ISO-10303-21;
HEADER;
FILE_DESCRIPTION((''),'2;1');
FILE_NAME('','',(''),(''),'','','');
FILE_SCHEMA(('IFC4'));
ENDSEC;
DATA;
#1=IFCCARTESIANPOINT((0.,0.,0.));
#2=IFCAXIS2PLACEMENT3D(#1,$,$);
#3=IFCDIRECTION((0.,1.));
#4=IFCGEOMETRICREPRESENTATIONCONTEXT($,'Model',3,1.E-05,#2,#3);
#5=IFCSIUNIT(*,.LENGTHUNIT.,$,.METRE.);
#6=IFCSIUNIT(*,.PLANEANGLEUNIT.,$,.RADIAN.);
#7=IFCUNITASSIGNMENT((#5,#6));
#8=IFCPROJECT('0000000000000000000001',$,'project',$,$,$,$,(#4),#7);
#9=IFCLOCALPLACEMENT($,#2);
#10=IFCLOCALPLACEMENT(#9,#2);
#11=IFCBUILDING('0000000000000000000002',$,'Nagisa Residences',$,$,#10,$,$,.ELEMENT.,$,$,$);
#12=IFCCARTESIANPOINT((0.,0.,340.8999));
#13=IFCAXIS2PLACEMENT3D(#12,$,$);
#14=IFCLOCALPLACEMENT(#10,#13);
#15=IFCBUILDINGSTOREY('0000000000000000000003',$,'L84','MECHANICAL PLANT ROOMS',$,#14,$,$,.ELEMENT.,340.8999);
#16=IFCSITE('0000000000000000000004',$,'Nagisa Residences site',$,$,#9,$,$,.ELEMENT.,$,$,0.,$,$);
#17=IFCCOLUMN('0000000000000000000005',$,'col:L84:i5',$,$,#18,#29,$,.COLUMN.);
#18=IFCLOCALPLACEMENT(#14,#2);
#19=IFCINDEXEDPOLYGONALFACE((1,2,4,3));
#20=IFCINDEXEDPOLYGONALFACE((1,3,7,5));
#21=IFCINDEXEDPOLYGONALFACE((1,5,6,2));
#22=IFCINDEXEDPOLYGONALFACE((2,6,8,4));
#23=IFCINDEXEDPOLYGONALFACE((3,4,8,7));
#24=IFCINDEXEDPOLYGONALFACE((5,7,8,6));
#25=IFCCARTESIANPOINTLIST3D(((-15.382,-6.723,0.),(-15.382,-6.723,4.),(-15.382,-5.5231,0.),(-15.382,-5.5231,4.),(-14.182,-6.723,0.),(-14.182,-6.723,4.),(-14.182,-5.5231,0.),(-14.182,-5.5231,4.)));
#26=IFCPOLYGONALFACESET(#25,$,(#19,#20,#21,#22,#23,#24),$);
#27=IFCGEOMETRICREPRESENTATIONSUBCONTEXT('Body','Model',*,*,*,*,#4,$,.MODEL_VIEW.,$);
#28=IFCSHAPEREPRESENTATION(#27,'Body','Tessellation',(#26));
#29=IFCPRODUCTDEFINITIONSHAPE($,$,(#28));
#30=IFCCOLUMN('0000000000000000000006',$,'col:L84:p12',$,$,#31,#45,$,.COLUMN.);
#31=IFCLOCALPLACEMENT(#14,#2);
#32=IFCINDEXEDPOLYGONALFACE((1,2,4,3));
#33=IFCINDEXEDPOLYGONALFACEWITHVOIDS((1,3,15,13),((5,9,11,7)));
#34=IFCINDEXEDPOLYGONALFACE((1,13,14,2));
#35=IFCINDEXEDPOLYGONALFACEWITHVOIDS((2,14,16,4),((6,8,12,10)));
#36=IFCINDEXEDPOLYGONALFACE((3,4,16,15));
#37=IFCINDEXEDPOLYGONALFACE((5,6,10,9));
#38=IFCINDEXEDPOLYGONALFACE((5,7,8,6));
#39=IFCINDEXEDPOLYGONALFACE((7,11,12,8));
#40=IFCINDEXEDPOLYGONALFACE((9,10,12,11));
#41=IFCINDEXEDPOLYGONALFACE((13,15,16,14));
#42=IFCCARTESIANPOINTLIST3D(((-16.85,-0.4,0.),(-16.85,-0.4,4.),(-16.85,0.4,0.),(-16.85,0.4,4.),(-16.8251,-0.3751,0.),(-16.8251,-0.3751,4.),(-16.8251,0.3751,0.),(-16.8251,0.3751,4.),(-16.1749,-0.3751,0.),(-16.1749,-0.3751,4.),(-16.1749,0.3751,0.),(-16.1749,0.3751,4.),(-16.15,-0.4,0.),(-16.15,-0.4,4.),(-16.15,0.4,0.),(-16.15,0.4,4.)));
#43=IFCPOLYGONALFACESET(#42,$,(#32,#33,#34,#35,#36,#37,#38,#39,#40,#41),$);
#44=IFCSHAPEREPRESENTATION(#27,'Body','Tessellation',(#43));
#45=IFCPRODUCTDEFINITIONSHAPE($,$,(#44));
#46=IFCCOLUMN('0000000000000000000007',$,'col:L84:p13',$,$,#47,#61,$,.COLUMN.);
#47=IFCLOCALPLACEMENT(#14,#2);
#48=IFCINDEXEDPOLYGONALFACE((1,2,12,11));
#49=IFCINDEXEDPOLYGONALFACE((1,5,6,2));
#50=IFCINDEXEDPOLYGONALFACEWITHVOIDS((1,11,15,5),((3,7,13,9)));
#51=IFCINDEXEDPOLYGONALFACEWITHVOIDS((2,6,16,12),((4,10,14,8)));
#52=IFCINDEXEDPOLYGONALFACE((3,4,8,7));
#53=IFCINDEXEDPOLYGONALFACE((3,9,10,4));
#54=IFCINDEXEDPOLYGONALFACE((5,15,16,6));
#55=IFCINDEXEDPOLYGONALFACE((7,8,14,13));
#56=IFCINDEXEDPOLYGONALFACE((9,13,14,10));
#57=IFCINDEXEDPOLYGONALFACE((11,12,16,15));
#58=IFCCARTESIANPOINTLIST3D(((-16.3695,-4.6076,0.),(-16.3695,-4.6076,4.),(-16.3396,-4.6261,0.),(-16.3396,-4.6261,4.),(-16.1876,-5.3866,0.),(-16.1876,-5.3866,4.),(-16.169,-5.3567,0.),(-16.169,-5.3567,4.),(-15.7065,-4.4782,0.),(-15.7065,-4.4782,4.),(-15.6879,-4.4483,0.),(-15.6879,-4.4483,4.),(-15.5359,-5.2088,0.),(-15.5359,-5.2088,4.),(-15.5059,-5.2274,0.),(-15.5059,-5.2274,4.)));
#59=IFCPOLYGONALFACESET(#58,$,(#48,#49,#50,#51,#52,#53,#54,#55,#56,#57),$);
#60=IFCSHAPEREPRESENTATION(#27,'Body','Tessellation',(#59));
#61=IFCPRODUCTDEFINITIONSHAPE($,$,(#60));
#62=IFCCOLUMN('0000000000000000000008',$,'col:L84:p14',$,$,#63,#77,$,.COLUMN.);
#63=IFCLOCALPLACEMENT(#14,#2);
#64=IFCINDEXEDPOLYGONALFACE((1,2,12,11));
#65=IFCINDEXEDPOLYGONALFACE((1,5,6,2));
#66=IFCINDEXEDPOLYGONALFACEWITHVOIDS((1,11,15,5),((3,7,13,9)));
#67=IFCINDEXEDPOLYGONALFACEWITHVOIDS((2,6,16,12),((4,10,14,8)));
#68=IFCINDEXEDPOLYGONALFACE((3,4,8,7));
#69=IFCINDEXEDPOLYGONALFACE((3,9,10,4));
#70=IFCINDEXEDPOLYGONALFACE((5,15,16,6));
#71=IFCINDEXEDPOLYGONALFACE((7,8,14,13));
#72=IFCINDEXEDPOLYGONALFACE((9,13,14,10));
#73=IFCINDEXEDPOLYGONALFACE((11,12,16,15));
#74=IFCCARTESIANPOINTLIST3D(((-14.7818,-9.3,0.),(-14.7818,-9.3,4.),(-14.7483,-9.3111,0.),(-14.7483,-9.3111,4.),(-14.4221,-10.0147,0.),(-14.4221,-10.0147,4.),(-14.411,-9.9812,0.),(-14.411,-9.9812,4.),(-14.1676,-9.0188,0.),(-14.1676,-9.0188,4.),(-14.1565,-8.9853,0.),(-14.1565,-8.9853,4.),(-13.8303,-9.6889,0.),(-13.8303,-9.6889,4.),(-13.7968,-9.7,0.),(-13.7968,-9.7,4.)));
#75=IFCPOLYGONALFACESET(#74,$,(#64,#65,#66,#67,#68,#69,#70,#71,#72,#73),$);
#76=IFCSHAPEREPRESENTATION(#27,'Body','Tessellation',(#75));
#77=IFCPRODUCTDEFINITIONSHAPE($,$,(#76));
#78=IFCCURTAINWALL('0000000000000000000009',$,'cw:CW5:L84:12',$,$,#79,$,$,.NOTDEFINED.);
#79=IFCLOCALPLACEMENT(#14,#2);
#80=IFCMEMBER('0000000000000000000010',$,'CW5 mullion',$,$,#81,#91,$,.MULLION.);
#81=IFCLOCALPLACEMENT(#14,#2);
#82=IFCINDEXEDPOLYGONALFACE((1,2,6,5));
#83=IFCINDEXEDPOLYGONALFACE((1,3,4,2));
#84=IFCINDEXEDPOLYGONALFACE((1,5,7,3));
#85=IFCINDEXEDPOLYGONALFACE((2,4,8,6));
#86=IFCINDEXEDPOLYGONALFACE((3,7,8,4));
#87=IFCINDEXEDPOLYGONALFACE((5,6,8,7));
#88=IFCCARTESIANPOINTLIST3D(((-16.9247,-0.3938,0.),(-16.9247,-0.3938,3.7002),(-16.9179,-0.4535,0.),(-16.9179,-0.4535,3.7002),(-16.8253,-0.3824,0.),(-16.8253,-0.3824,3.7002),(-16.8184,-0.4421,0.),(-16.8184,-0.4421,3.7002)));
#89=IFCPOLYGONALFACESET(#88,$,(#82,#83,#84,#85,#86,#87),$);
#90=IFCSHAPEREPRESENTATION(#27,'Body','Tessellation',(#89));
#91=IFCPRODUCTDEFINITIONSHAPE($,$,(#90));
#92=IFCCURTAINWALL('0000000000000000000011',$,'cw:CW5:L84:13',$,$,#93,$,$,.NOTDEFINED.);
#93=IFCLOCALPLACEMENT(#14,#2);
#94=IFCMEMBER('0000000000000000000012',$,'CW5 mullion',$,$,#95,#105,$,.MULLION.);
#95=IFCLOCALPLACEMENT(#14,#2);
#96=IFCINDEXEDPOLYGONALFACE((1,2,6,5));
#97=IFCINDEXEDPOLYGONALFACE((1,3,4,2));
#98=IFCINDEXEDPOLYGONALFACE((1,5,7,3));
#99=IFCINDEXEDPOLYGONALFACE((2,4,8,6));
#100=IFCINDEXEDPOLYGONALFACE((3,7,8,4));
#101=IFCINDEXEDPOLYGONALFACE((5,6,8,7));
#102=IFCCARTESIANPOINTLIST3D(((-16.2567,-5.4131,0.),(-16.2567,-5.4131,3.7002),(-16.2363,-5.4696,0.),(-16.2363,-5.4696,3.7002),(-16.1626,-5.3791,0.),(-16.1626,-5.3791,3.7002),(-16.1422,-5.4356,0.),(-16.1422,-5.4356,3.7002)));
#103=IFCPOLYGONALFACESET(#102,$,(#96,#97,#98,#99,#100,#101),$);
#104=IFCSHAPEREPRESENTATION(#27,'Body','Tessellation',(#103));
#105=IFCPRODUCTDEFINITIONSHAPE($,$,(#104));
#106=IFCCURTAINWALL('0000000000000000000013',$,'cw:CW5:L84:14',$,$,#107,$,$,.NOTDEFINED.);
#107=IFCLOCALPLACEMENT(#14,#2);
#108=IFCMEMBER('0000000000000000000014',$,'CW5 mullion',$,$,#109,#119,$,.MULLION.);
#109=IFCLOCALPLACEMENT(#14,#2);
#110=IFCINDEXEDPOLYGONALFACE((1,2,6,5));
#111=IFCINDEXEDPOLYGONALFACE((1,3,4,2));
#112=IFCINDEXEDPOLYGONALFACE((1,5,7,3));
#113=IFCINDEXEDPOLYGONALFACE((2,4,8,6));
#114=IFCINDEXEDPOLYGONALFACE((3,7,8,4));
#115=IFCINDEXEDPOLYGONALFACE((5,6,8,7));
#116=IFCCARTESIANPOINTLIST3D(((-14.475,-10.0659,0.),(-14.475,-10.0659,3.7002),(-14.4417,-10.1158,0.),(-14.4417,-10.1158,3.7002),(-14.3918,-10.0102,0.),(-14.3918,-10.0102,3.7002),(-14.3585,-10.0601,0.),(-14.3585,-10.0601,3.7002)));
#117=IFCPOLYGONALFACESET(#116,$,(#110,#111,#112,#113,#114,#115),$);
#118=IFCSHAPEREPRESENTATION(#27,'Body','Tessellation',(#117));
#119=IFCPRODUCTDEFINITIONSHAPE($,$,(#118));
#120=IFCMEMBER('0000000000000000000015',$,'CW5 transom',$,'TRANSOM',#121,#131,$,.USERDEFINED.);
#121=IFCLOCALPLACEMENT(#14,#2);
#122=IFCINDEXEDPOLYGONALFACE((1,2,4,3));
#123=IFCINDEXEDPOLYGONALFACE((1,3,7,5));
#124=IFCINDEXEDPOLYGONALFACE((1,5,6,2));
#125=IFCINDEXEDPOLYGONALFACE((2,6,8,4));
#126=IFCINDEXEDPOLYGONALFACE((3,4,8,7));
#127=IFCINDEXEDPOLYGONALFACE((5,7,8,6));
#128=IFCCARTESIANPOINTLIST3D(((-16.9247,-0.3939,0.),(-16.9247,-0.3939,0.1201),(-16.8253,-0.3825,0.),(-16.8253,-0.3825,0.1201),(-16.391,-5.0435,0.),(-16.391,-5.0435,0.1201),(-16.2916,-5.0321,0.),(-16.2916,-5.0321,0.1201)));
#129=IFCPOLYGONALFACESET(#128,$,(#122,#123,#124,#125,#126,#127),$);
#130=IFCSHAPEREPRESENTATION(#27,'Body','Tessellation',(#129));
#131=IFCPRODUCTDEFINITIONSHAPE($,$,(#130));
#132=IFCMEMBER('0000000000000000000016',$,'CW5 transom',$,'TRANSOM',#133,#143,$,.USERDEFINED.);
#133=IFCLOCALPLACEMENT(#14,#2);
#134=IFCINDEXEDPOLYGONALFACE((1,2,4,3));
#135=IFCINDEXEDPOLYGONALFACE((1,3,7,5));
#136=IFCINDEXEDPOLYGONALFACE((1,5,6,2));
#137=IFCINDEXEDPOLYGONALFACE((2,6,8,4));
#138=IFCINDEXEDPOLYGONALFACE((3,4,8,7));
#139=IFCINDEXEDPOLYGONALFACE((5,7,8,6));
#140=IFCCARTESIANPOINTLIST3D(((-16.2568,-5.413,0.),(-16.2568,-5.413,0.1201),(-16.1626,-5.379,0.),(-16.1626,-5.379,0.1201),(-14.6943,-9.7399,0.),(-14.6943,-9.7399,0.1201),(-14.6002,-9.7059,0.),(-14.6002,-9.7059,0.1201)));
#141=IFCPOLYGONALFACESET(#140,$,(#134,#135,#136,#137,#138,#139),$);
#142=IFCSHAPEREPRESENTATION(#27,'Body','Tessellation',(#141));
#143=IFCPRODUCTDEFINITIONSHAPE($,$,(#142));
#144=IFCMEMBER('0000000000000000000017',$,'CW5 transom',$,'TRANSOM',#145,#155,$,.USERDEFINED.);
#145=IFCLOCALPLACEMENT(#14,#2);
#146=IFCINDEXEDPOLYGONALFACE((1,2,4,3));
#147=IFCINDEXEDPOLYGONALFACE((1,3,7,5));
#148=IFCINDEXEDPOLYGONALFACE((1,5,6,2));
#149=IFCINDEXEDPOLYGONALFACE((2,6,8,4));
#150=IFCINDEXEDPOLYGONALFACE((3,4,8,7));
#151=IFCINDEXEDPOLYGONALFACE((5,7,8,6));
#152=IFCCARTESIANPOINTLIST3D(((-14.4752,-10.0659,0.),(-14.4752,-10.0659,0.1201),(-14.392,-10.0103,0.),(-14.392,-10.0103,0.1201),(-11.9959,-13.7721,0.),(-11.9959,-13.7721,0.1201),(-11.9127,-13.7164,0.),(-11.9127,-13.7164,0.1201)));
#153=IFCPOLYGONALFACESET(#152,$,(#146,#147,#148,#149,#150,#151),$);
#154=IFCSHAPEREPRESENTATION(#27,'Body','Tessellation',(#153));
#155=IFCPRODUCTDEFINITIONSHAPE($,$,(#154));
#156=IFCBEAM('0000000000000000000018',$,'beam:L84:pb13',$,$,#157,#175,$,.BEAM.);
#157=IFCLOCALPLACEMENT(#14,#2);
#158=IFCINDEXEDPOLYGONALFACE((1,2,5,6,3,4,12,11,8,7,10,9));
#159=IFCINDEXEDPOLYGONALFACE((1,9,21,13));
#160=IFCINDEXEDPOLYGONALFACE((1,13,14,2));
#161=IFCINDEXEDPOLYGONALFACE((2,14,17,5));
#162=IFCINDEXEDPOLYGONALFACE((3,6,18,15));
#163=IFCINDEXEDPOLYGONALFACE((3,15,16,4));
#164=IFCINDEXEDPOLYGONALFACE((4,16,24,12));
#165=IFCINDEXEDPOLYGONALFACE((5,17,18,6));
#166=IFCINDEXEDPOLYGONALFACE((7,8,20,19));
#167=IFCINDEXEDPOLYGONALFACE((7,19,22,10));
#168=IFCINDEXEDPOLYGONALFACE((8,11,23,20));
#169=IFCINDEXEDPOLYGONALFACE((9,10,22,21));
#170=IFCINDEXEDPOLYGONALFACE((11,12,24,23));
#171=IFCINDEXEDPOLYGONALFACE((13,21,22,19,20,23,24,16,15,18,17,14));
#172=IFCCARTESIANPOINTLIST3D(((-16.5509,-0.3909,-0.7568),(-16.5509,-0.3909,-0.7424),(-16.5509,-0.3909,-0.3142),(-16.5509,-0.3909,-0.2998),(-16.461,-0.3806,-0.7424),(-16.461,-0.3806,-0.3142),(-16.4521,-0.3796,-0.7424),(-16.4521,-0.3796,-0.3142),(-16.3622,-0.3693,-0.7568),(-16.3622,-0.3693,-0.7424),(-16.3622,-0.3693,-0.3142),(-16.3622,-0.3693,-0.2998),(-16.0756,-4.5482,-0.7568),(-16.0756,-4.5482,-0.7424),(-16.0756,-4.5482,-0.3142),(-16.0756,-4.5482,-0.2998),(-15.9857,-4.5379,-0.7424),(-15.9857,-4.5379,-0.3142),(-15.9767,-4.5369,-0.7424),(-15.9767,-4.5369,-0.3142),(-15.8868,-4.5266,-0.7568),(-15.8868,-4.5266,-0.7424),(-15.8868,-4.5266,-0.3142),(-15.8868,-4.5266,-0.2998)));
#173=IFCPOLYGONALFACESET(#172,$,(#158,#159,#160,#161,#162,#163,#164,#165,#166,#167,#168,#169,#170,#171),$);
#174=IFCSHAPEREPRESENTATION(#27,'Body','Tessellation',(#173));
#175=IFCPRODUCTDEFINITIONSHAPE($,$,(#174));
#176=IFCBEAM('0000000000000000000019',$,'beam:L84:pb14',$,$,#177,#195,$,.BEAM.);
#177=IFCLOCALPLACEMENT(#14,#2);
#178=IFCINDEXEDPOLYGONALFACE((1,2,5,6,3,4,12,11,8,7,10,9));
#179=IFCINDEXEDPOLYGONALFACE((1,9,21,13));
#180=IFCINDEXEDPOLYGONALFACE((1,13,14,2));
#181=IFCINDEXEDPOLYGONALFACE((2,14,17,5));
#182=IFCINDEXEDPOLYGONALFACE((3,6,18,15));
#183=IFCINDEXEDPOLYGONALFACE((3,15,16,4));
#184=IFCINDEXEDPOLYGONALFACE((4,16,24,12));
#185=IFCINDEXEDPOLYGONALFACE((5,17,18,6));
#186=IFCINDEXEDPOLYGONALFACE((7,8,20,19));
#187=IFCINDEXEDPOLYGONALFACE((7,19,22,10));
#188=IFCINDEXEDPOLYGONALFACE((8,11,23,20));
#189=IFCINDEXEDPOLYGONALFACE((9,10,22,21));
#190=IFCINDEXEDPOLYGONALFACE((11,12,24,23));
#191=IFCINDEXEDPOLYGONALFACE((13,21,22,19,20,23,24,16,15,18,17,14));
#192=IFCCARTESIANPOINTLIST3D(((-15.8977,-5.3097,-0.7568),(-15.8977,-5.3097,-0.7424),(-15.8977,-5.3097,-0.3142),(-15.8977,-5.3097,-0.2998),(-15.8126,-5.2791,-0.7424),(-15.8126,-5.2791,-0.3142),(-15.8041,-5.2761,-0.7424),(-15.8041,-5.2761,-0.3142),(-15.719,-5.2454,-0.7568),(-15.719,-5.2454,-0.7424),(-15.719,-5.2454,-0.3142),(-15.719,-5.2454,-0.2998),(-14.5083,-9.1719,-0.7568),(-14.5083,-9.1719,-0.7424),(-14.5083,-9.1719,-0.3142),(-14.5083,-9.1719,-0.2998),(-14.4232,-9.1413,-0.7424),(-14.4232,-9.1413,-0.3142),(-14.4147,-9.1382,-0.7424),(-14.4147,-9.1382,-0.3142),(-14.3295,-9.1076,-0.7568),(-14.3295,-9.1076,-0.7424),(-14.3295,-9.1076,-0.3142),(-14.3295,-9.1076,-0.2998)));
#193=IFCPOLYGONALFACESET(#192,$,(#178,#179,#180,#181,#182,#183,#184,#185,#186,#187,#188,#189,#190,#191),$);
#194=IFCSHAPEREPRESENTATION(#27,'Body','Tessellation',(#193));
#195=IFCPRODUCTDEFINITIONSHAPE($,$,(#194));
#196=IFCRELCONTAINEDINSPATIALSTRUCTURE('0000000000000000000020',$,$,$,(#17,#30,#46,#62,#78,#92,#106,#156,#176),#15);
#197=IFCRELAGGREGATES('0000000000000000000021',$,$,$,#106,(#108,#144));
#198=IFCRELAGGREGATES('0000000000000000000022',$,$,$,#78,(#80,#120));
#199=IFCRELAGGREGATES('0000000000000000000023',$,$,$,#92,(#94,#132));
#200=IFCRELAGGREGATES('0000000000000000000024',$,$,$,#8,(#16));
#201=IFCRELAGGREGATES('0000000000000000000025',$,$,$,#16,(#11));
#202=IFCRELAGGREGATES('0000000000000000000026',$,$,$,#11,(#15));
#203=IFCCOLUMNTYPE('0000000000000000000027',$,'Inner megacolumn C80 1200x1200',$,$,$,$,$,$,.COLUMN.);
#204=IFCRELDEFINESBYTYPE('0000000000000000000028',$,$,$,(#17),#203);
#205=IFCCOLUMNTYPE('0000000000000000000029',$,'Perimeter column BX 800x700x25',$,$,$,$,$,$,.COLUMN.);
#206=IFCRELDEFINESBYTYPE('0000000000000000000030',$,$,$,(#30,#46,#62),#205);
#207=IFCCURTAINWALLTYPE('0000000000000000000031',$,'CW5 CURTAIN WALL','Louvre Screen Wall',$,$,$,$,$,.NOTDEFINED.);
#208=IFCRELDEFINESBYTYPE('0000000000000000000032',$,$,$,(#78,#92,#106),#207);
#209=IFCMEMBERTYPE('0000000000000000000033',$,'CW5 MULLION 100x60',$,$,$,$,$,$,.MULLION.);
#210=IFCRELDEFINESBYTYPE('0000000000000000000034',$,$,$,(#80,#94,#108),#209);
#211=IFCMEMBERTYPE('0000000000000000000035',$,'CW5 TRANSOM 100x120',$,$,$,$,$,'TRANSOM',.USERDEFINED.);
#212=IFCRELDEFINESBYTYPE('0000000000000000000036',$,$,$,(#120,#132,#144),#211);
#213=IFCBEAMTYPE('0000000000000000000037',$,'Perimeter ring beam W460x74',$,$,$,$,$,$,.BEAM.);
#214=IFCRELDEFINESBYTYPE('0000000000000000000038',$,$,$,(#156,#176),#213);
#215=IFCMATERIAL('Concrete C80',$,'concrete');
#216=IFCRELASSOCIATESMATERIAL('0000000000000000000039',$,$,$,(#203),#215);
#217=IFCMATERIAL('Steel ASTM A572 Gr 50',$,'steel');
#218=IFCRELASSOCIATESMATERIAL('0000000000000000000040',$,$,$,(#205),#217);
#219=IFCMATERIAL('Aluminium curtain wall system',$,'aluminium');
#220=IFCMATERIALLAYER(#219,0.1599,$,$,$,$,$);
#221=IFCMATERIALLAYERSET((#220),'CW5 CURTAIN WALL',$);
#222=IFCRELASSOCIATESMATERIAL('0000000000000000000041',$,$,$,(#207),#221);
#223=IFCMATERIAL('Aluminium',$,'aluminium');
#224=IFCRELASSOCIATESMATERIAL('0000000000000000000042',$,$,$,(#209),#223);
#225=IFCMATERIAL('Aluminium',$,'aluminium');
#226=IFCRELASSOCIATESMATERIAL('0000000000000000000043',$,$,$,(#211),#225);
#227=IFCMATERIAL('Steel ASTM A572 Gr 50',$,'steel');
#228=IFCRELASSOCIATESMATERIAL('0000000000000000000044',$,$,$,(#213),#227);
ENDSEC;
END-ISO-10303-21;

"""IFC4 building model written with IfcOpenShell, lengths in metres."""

from ifc_helpers import new_model, si_unit, direction, frame, origin, origin_2d, place, context, subcontext, project, spatial, rectangle, hollow_rectangle, i_section, extrude, material, layer, layer_set, material_profile, profile_set, type_object, element, aggregate, save


model = new_model("IFC4")

# Units and contexts
model_context = context("Model", 3, precision=1e-05, world=origin(), true_north=direction((0.0, 1.0)))
body_context = subcontext(model_context, "Body", "Model", "MODEL_VIEW")
ifc_project = project(units=[si_unit("LENGTHUNIT", "METRE"), si_unit("PLANEANGLEUNIT", "RADIAN")], contexts=[model_context])

# Site, building, storey
site_placement = place(None, origin())
site = spatial("IfcSite", under=ifc_project, at=site_placement, Name="Nagisa Residences site", CompositionType="ELEMENT", RefElevation=0.0)
building_placement = place(site_placement, origin())
building = spatial("IfcBuilding", under=site, at=building_placement, Name="Nagisa Residences", CompositionType="ELEMENT")
storey_placement = place(building_placement, frame((0.0, 0.0, 340.8999)))
storey = spatial("IfcBuildingStorey", under=building, at=storey_placement, Name="L84", Description="MECHANICAL PLANT ROOMS", CompositionType="ELEMENT", Elevation=340.8999)

# Columns
ifc_material_1 = material(Name="Concrete C80", Category="concrete")
ifc_material_profile_1 = material_profile(ifc_material_1, rectangle(XDim=1.2, YDim=1.2, at=origin_2d()), Name="C80 1200x1200")
ifc_profile_set_1 = profile_set([ifc_material_profile_1], Name="Concrete C80")
column_type_1 = type_object("IfcColumnType", Name="Inner megacolumn C80 1200x1200", PredefinedType="COLUMN", material=ifc_profile_set_1)
column_placement = place(storey_placement, frame((-14.782, -6.123, 0.0), z_axis=(0.0, 0.0, 1.0), x_axis=(1.0, 0.0, 0.0)))
element("IfcColumn", 1, at=column_placement, inside=storey, type_object=column_type_1, Name="col:L84:i5", PredefinedType="COLUMN", context=body_context, shape_type="SweptSolid", body=[
    extrude(rectangle(XDim=1.2, YDim=1.2, at=origin_2d()), origin(), (0.0, 0.0, 1.0), 4.0),
])
ifc_material_2 = material(Name="Steel ASTM A572 Gr 50", Category="steel")
ifc_material_profile_2 = material_profile(ifc_material_2, hollow_rectangle(XDim=0.8, YDim=0.7, WallThickness=0.0249, at=origin_2d()), Name="BX 800x700x25")
ifc_profile_set_2 = profile_set([ifc_material_profile_2], Name="Steel ASTM A572 Gr 50")
column_type_2 = type_object("IfcColumnType", Name="Perimeter column BX 800x700x25", PredefinedType="COLUMN", material=ifc_profile_set_2)
for number, where, z_axis, x_axis, name in (
    (2, (-16.5, 0.0, 0.0), (0.0, 0.0, 1.0), (0.0, -1.0, 0.0), "col:L84:p12"),
    (3, (-15.9377, -4.9175, 0.0), (0.0, 0.0, 1.0), (0.227473, -0.973784, 0.0), "col:L84:p13"),
    (4, (-14.2893, -9.5, 0.0), (0.0, 0.0, 1.0), (0.449592, -0.893234, 0.0), "col:L84:p14"),
):
    element("IfcColumn", number, at=place(storey_placement, frame(where, z_axis=z_axis, x_axis=x_axis)), inside=storey, type_object=column_type_2, Name=name, PredefinedType="COLUMN", context=body_context, shape_type="SweptSolid", body=[
        extrude(hollow_rectangle(XDim=0.8, YDim=0.7, WallThickness=0.0249, at=origin_2d()), origin(), (0.0, 0.0, 1.0), 4.0),
    ])

# Curtain walls, members
ifc_material_3 = material(Name="Aluminium curtain wall system", Category="aluminium")
ifc_layer_1 = layer(ifc_material_3, 0.1599)
ifc_layer_set_1 = layer_set([ifc_layer_1], Name="CW5 CURTAIN WALL")
curtain_wall_type = type_object("IfcCurtainWallType", Name="CW5 CURTAIN WALL", Description="Louvre Screen Wall", PredefinedType="NOTDEFINED", material=ifc_layer_set_1)
curtain_wall_1_placement = place(storey_placement, origin())
curtain_wall_1 = element("IfcCurtainWall", 5, at=curtain_wall_1_placement, inside=storey, type_object=curtain_wall_type, Name="cw:CW5:L84:12", PredefinedType="NOTDEFINED")
ifc_material_4 = material(Name="Aluminium", Category="aluminium")
ifc_material_profile_3 = material_profile(ifc_material_4, rectangle(XDim=0.1001, YDim=0.0601, at=origin_2d()), Name="CW5 MULLION 100x60")
ifc_profile_set_3 = profile_set([ifc_material_profile_3], Name="Aluminium")
member_type_1 = type_object("IfcMemberType", Name="CW5 MULLION 100x60", PredefinedType="MULLION", material=ifc_profile_set_3)
member_1_placement = place(storey_placement, frame((-16.8716, -0.418, 0.0), z_axis=(0.0, 0.0, 1.0), x_axis=(0.993478, 0.114025, 0.0)))
member_1 = element("IfcMember", 6, at=member_1_placement, type_object=member_type_1, Name="CW5 mullion", PredefinedType="MULLION", context=body_context, shape_type="SweptSolid", body=[
    extrude(rectangle(XDim=0.1001, YDim=0.0601, at=origin_2d()), origin(), (0.0, 0.0, 1.0), 3.7002),
])
curtain_wall_2_placement = place(storey_placement, origin())
curtain_wall_2 = element("IfcCurtainWall", 7, at=curtain_wall_2_placement, inside=storey, type_object=curtain_wall_type, Name="cw:CW5:L84:13", PredefinedType="NOTDEFINED")
member_2_placement = place(storey_placement, frame((-16.1995, -5.4243, 0.0), z_axis=(0.0, 0.0, 1.0), x_axis=(0.940554, 0.339643, 0.0)))
member_2 = element("IfcMember", 8, at=member_2_placement, type_object=member_type_1, Name="CW5 mullion", PredefinedType="MULLION", context=body_context, shape_type="SweptSolid", body=[
    extrude(rectangle(XDim=0.1001, YDim=0.0601, at=origin_2d()), origin(), (0.0, 0.0, 1.0), 3.7002),
])
curtain_wall_3_placement = place(storey_placement, origin())
curtain_wall_3 = element("IfcCurtainWall", 9, at=curtain_wall_3_placement, inside=storey, type_object=curtain_wall_type, Name="cw:CW5:L84:14", PredefinedType="NOTDEFINED")
member_3_placement = place(storey_placement, frame((-14.4167, -10.063, 0.0), z_axis=(0.0, 0.0, 1.0), x_axis=(0.831173, 0.556014, 0.0)))
member_3 = element("IfcMember", 10, at=member_3_placement, type_object=member_type_1, Name="CW5 mullion", PredefinedType="MULLION", context=body_context, shape_type="SweptSolid", body=[
    extrude(rectangle(XDim=0.1001, YDim=0.0601, at=origin_2d()), origin(), (0.0, 0.0, 1.0), 3.7002),
])

# Members
ifc_material_5 = material(Name="Aluminium", Category="aluminium")
ifc_material_profile_4 = material_profile(ifc_material_5, rectangle(XDim=0.1001, YDim=0.1201, at=origin_2d()), Name="CW5 TRANSOM 100x120")
ifc_profile_set_4 = profile_set([ifc_material_profile_4], Name="Aluminium")
member_type_2 = type_object("IfcMemberType", Name="CW5 TRANSOM 100x120", ElementType="TRANSOM", PredefinedType="USERDEFINED", material=ifc_profile_set_4)
member_4_placement = place(storey_placement, frame((-16.875, -0.3882, 0.0601), z_axis=(0.114032, -0.993477, 0.0), x_axis=(0.993477, 0.114032, 0.0)))
member_4 = element("IfcMember", 11, at=member_4_placement, type_object=member_type_2, Name="CW5 transom", ObjectType="TRANSOM", PredefinedType="USERDEFINED", context=body_context, shape_type="SweptSolid", body=[
    extrude(rectangle(XDim=0.1001, YDim=0.1201, at=origin_2d()), origin(), (0.0, 0.0, 1.0), 4.6802),
])
member_5_placement = place(storey_placement, frame((-16.2097, -5.396, 0.0601), z_axis=(0.339646, -0.940553, 0.0), x_axis=(0.940553, 0.339646, 0.0)))
member_5 = element("IfcMember", 12, at=member_5_placement, type_object=member_type_2, Name="CW5 transom", ObjectType="TRANSOM", PredefinedType="USERDEFINED", context=body_context, shape_type="SweptSolid", body=[
    extrude(rectangle(XDim=0.1001, YDim=0.1201, at=origin_2d()), origin(), (0.0, 0.0, 1.0), 4.6003),
])
member_6_placement = place(storey_placement, frame((-14.4336, -10.0381, 0.0601), z_axis=(0.556026, -0.831165, 0.0), x_axis=(0.831165, 0.556026, 0.0)))
member_6 = element("IfcMember", 13, at=member_6_placement, type_object=member_type_2, Name="CW5 transom", ObjectType="TRANSOM", PredefinedType="USERDEFINED", context=body_context, shape_type="SweptSolid", body=[
    extrude(rectangle(XDim=0.1001, YDim=0.1201, at=origin_2d()), origin(), (0.0, 0.0, 1.0), 4.459),
])
aggregate(curtain_wall_3, [member_3, member_6])

# Beams
ifc_material_6 = material(Name="Steel ASTM A572 Gr 50", Category="steel")
ifc_material_profile_5 = material_profile(ifc_material_6, i_section(OverallWidth=0.1899, OverallDepth=0.457, WebThickness=0.009, FlangeThickness=0.0144, at=origin_2d()), Name="W460x74")
ifc_profile_set_5 = profile_set([ifc_material_profile_5], Name="Steel ASTM A572 Gr 50")
beam_type_1 = type_object("IfcBeamType", Name="Perimeter ring beam W460x74", PredefinedType="BEAM", material=ifc_profile_set_5)
beam_1_placement = place(storey_placement, frame((-16.4565, -0.3801, -0.5283), z_axis=(0.113601, -0.993526, 0.0), x_axis=(0.993526, 0.113601, 0.0)))
element("IfcBeam", 14, at=beam_1_placement, inside=storey, type_object=beam_type_1, Name="beam:L84:pb13", PredefinedType="BEAM", context=body_context, shape_type="SweptSolid", body=[
    extrude(i_section(OverallWidth=0.1899, OverallDepth=0.457, WebThickness=0.009, FlangeThickness=0.0144, at=origin_2d()), origin(), (0.0, 0.0, 1.0), 4.1843),
])
beam_2_placement = place(storey_placement, frame((-15.8083, -5.2776, -0.5283), z_axis=(0.338517, -0.94096, 0.0), x_axis=(0.94096, 0.338517, 0.0)))
element("IfcBeam", 15, at=beam_2_placement, inside=storey, type_object=beam_type_1, Name="beam:L84:pb14", PredefinedType="BEAM", context=body_context, shape_type="SweptSolid", body=[
    extrude(i_section(OverallWidth=0.1899, OverallDepth=0.457, WebThickness=0.009, FlangeThickness=0.0144, at=origin_2d()), origin(), (0.0, 0.0, 1.0), 4.1045),
])

aggregate(curtain_wall_1, [member_1, member_4])
aggregate(curtain_wall_2, [member_2, member_5])

save(model, "model.ifc")
